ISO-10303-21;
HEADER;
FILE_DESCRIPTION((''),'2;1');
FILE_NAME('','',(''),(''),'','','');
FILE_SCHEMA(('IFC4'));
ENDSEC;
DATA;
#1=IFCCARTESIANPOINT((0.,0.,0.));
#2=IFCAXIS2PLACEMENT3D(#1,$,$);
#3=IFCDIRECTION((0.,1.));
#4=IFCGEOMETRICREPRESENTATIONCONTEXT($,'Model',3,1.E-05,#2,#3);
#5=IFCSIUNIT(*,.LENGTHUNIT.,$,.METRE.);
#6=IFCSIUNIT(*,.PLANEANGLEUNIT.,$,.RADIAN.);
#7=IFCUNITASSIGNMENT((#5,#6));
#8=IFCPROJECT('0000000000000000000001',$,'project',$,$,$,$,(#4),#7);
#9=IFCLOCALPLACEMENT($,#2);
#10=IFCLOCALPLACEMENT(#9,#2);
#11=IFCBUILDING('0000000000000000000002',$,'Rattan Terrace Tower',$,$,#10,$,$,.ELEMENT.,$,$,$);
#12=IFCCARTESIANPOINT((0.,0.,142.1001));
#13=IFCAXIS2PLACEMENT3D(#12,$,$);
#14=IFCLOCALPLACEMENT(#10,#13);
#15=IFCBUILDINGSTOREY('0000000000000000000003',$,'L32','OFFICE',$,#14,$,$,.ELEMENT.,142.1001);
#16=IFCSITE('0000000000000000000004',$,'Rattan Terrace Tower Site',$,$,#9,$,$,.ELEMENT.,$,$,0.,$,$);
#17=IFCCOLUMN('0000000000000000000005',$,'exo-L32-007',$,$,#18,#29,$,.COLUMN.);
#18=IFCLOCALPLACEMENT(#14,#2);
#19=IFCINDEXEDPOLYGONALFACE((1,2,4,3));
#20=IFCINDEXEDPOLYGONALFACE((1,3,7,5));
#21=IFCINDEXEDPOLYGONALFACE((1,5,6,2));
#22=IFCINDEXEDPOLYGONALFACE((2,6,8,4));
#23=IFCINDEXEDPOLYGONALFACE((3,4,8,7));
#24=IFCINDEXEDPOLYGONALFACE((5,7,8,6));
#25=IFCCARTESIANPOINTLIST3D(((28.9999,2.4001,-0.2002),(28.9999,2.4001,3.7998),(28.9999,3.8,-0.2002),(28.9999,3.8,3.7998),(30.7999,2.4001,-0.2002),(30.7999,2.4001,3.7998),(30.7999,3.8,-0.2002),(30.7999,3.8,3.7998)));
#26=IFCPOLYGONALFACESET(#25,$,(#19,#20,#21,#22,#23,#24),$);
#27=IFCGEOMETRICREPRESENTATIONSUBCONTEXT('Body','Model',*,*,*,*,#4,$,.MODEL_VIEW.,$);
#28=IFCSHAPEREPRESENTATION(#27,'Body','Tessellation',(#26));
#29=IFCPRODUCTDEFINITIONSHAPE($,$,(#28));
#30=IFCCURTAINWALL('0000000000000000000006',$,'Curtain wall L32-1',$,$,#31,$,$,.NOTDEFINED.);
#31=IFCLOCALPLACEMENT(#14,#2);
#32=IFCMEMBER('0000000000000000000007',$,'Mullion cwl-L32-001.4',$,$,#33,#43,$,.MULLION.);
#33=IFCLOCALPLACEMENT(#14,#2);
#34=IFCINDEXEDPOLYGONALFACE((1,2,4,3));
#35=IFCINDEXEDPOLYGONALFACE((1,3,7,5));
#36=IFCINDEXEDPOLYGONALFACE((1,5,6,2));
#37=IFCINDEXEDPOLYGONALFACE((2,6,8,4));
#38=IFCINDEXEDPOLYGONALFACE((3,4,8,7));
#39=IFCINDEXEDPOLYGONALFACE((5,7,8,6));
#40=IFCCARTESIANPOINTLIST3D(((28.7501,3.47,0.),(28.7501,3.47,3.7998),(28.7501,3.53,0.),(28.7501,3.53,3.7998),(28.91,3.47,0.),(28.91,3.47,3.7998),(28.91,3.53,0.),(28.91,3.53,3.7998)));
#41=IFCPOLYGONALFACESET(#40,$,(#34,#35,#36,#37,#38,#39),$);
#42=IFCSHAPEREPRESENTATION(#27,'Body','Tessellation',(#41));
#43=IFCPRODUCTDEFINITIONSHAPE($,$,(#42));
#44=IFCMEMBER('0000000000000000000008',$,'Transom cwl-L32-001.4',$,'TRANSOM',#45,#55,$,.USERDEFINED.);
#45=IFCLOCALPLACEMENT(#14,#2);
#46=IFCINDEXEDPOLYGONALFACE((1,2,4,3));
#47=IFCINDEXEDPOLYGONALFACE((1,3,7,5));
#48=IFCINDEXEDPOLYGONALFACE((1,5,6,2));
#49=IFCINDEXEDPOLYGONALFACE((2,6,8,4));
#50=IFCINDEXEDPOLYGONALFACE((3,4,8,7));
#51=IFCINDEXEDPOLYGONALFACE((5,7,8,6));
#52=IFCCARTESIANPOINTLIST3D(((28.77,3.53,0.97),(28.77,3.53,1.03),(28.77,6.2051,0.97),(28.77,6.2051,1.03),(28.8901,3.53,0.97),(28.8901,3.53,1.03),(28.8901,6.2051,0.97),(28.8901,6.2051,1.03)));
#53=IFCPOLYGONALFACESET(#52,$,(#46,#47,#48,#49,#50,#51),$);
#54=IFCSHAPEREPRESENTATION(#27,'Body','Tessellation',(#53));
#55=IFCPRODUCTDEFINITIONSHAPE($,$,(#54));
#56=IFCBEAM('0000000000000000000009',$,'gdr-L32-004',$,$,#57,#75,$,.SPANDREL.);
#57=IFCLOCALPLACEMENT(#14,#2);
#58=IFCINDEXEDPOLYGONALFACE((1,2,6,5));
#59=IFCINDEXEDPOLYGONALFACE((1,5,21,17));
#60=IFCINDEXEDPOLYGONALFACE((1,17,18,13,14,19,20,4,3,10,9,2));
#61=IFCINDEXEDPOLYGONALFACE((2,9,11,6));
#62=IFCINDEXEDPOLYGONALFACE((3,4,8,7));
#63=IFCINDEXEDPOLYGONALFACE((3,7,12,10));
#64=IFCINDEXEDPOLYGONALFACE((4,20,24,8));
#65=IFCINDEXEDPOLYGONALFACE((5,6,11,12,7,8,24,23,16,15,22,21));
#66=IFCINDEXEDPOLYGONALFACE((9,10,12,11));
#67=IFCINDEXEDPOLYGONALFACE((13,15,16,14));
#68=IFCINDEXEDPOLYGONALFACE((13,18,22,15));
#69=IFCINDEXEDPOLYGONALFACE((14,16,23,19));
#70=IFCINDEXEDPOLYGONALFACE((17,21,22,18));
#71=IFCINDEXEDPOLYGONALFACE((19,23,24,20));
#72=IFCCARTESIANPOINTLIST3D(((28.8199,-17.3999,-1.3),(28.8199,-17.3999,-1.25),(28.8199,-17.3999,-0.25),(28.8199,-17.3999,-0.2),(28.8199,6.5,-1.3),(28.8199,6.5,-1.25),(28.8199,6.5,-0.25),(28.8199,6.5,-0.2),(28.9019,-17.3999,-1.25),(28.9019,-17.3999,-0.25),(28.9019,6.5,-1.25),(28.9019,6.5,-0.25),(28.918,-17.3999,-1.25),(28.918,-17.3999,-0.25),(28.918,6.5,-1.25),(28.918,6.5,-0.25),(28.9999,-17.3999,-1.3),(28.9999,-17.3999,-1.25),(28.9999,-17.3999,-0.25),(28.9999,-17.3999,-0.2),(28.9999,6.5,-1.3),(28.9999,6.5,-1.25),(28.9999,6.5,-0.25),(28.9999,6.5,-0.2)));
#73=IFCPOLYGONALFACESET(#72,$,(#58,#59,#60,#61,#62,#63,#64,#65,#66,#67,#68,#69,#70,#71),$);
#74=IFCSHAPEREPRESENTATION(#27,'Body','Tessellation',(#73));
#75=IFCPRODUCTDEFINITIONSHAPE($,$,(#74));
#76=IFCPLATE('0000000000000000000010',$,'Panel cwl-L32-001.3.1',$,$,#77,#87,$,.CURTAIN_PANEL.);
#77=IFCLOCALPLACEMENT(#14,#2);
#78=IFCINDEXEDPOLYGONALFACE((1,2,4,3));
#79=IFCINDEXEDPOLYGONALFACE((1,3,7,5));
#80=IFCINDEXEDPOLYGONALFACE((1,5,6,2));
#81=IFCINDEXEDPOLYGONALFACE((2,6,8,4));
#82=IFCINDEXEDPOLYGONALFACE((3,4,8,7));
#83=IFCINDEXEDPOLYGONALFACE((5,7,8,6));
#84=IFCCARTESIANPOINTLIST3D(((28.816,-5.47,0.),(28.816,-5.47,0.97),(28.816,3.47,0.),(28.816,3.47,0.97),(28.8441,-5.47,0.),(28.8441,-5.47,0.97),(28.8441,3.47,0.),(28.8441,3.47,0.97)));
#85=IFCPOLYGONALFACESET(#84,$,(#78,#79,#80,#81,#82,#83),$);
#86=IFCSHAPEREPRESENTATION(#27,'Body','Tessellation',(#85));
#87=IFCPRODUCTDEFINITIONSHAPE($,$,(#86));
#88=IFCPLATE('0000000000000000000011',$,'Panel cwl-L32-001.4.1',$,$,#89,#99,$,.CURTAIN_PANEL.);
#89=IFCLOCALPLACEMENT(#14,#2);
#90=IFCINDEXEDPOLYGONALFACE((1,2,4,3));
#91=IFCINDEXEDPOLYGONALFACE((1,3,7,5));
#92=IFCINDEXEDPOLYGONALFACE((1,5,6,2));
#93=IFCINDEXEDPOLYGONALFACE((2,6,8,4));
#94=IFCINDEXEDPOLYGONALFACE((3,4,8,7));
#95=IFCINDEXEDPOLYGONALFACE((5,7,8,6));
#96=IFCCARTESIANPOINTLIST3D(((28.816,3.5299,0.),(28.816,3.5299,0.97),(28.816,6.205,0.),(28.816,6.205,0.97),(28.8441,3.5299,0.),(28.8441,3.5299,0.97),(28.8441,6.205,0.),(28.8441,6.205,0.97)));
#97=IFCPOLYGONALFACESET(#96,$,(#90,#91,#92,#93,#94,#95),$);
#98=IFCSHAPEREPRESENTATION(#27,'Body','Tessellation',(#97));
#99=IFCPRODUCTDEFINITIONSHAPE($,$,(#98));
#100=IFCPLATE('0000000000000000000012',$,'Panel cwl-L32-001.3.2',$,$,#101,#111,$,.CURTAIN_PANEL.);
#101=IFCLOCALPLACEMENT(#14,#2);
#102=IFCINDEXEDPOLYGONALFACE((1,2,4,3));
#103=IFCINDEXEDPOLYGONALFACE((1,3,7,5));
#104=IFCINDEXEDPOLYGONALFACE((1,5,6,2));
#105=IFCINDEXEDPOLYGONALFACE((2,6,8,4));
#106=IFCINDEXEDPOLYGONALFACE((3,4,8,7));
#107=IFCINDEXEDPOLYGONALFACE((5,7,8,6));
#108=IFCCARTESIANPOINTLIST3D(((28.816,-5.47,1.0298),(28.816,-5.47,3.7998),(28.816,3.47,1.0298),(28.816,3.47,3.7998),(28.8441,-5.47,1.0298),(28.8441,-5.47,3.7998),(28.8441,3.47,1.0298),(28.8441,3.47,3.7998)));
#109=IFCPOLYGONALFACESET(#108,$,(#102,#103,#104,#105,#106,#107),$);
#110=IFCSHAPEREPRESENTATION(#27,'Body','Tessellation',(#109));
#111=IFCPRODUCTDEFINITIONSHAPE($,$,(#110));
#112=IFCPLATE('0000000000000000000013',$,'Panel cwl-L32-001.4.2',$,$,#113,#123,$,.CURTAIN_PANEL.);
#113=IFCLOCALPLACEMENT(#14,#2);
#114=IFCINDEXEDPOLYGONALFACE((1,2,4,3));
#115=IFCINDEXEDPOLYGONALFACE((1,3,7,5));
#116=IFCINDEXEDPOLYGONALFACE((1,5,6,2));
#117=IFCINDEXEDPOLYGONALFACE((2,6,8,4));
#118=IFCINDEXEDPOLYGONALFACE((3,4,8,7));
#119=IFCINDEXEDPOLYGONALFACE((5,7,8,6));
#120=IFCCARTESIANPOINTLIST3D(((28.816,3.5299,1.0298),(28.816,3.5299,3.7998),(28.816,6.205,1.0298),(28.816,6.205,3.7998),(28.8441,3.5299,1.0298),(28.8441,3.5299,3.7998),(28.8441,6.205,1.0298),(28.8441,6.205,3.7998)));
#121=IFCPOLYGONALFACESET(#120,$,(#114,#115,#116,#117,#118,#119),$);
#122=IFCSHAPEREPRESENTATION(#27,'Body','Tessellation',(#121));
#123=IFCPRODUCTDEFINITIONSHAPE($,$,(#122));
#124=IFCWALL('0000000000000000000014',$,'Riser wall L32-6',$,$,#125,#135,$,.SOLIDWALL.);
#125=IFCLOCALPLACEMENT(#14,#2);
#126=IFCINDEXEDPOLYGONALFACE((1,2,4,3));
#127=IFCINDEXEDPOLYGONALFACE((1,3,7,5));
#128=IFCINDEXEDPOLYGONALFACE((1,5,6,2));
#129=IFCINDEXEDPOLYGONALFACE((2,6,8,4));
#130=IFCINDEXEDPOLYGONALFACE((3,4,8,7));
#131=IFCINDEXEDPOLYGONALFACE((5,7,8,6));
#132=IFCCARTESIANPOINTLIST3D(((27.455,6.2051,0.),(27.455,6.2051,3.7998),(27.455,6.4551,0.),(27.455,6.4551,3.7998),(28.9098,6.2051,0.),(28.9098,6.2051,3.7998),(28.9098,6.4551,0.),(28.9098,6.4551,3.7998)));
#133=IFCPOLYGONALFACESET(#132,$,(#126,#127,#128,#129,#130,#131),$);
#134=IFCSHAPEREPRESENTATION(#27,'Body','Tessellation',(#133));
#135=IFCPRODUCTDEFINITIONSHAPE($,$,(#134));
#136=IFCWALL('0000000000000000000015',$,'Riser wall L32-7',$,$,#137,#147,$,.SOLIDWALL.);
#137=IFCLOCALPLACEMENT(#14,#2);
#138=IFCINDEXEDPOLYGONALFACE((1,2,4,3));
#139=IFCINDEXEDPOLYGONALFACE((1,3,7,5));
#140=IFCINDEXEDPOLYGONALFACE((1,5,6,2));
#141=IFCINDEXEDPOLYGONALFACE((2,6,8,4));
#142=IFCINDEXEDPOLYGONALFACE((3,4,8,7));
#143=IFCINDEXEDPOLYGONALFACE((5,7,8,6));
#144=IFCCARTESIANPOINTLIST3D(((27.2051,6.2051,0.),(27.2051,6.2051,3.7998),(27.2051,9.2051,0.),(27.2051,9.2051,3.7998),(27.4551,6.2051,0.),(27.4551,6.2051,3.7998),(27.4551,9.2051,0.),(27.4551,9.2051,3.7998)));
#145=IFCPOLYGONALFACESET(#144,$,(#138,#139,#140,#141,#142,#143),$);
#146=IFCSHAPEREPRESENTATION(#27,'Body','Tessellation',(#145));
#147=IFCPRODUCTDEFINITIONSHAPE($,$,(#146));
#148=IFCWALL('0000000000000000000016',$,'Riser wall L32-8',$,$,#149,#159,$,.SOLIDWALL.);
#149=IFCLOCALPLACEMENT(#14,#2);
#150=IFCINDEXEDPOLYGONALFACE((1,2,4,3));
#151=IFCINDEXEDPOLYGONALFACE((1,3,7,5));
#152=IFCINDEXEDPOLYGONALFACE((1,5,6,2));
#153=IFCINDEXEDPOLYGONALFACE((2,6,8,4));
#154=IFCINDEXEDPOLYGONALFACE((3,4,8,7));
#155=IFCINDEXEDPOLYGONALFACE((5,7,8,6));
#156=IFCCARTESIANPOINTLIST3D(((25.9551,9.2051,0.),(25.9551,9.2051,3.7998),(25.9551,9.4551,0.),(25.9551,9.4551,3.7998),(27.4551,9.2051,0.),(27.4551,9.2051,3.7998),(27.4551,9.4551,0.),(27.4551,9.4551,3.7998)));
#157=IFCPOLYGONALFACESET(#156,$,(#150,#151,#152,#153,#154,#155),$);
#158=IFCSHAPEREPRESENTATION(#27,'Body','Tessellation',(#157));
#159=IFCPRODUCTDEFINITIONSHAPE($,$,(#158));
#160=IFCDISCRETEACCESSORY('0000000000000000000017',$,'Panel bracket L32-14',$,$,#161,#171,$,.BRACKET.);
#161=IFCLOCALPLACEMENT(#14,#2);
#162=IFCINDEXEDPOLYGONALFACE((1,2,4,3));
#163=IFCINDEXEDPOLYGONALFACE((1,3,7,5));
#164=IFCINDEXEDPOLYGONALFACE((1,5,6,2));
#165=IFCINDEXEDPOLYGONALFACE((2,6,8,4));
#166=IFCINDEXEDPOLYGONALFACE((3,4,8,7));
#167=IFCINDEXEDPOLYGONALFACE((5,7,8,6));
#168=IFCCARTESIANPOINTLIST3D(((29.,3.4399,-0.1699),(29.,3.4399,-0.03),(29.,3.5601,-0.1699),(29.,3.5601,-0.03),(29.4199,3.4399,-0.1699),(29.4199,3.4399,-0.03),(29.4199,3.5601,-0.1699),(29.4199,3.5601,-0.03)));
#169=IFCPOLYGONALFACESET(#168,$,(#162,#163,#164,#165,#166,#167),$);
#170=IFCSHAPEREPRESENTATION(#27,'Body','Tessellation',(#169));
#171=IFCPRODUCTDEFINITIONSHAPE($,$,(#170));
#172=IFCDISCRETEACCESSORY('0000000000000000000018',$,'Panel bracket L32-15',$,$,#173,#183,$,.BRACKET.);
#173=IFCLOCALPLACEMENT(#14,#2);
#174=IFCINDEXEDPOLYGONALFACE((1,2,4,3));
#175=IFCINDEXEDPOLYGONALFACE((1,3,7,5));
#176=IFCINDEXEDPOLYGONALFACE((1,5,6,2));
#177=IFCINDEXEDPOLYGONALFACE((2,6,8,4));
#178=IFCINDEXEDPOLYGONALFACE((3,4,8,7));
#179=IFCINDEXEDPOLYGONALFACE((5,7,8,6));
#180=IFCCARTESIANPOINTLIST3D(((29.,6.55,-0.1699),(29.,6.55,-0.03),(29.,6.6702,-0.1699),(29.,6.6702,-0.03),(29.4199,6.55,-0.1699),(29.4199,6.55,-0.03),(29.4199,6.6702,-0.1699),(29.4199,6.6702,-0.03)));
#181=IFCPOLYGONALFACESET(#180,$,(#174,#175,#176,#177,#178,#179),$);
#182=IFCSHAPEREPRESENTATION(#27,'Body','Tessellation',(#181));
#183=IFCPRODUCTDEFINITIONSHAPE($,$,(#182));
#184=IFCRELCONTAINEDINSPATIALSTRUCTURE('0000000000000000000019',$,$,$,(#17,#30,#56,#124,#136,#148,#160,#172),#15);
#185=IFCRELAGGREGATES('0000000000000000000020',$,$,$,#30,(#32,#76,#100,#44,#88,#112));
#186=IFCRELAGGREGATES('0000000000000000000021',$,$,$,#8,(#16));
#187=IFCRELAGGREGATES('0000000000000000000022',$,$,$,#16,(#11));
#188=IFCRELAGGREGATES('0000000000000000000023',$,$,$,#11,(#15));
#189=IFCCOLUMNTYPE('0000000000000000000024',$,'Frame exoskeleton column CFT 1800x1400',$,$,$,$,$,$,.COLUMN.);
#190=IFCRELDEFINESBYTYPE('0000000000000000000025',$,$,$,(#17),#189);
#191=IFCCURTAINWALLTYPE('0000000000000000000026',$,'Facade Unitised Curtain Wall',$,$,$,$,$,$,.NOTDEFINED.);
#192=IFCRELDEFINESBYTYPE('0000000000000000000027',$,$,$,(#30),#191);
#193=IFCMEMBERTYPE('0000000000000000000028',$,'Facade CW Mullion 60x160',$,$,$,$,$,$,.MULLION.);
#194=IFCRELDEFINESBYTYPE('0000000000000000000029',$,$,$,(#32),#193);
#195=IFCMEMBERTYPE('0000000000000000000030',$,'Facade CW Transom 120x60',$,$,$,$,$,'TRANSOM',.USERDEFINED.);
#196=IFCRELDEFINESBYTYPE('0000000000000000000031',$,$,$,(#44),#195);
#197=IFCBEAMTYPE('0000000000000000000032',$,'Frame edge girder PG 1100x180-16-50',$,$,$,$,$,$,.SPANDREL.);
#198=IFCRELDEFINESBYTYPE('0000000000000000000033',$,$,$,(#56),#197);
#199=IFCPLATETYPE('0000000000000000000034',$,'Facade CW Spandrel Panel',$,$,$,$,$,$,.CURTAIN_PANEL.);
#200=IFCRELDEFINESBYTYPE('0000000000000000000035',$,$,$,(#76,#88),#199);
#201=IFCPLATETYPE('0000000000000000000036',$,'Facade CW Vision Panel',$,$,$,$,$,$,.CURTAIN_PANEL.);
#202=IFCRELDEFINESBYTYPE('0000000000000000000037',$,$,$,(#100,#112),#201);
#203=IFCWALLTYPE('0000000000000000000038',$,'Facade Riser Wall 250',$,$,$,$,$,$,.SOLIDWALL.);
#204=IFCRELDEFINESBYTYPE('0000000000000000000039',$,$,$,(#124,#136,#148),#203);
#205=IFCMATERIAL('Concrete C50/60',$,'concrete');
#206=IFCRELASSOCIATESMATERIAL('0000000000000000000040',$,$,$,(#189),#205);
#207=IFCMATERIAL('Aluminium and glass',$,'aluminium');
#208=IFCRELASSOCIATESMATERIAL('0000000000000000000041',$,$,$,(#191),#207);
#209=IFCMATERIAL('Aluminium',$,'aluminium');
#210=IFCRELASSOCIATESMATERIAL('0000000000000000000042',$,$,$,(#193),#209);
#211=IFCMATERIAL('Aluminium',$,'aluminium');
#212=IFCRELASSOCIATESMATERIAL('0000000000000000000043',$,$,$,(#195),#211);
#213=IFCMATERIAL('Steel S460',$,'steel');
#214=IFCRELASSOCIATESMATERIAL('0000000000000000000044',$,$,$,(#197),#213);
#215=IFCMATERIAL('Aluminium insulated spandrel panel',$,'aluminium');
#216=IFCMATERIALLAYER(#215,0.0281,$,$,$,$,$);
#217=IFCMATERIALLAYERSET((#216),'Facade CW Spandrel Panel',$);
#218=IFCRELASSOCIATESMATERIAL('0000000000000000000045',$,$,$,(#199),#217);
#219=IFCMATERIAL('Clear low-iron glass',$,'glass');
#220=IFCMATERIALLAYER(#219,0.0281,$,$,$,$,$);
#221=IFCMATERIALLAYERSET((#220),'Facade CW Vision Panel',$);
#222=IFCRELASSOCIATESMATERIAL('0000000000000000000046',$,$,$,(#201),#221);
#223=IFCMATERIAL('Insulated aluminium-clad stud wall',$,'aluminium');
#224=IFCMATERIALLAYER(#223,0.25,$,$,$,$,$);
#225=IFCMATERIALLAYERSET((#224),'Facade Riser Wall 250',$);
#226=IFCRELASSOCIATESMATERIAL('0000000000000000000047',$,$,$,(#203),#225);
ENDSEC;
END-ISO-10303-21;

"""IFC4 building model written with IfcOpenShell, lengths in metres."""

from ifc_helpers import new_model, si_unit, direction, frame, frame_2d, origin, origin_2d, place, context, subcontext, project, spatial, rectangle, i_section, extrude, material, layer, layer_set, material_profile, profile_set, type_object, element, aggregate, save


model = new_model("IFC4")

# Units and contexts
model_context = context("Model", 3, precision=1e-05, world=origin(), true_north=direction((0.0, 1.0)))
body_context = subcontext(model_context, "Body", "Model", "MODEL_VIEW")
ifc_project = project(units=[si_unit("LENGTHUNIT", "METRE"), si_unit("PLANEANGLEUNIT", "RADIAN")], contexts=[model_context])

# Site, building, storey
site_placement = place(None, origin())
site = spatial("IfcSite", under=ifc_project, at=site_placement, Name="Rattan Terrace Tower Site", CompositionType="ELEMENT", RefElevation=0.0)
building_placement = place(site_placement, origin())
building = spatial("IfcBuilding", under=site, at=building_placement, Name="Rattan Terrace Tower", CompositionType="ELEMENT")
storey_placement = place(building_placement, frame((0.0, 0.0, 142.1001)))
storey = spatial("IfcBuildingStorey", under=building, at=storey_placement, Name="L32", Description="OFFICE", CompositionType="ELEMENT", Elevation=142.1001)

# Column
ifc_material_1 = material(Name="Concrete C50/60", Category="concrete")
ifc_material_profile_1 = material_profile(ifc_material_1, rectangle(XDim=1.3999, YDim=1.8, at=origin_2d()), Name="CFT 1800x1400")
ifc_profile_set_1 = profile_set([ifc_material_profile_1], Name="Concrete C50/60")
column_type = type_object("IfcColumnType", Name="Frame exoskeleton column CFT 1800x1400", PredefinedType="COLUMN", material=ifc_profile_set_1)
column_placement = place(storey_placement, frame((29.8999, 3.1001, -0.2002), z_axis=(0.0, 0.0, 1.0), x_axis=(0.0, 1.0, 0.0)))
element("IfcColumn", 1, at=column_placement, inside=storey, type_object=column_type, Name="exo-L32-007", PredefinedType="COLUMN", context=body_context, shape_type="SweptSolid", body=[
    extrude(rectangle(XDim=1.3999, YDim=1.8, at=origin_2d()), origin(), (0.0, 0.0, 1.0), 4.0),
])

# Curtain wall, members
ifc_material_2 = material(Name="Aluminium and glass", Category="aluminium")
curtain_wall_type = type_object("IfcCurtainWallType", Name="Facade Unitised Curtain Wall", PredefinedType="NOTDEFINED", material=ifc_material_2)
curtain_wall_placement = place(storey_placement, origin())
curtain_wall = element("IfcCurtainWall", 2, at=curtain_wall_placement, inside=storey, type_object=curtain_wall_type, Name="Curtain wall L32-1", PredefinedType="NOTDEFINED")
ifc_material_3 = material(Name="Aluminium", Category="aluminium")
ifc_material_profile_2 = material_profile(ifc_material_3, rectangle(XDim=0.0601, YDim=0.1599, at=origin_2d()), Name="Aluminium 60x160")
ifc_profile_set_2 = profile_set([ifc_material_profile_2], Name="Aluminium")
member_type_1 = type_object("IfcMemberType", Name="Facade CW Mullion 60x160", PredefinedType="MULLION", material=ifc_profile_set_2)
member_1_placement = place(storey_placement, frame((28.8301, 3.5, 0.0), z_axis=(0.0, 0.0, 1.0), x_axis=(0.0, 1.0, 0.0)))
member_1 = element("IfcMember", 3, at=member_1_placement, type_object=member_type_1, Name="Mullion cwl-L32-001.4", PredefinedType="MULLION", context=body_context, shape_type="SweptSolid", body=[
    extrude(rectangle(XDim=0.0601, YDim=0.1599, at=origin_2d()), origin(), (0.0, 0.0, 1.0), 3.7998),
])
ifc_material_4 = material(Name="Aluminium", Category="aluminium")
ifc_material_profile_3 = material_profile(ifc_material_4, rectangle(XDim=0.1201, YDim=0.0601, at=origin_2d()), Name="Aluminium 120x60")
ifc_profile_set_3 = profile_set([ifc_material_profile_3], Name="Aluminium")
member_type_2 = type_object("IfcMemberType", Name="Facade CW Transom 120x60", ElementType="TRANSOM", PredefinedType="USERDEFINED", material=ifc_profile_set_3)
member_2_placement = place(storey_placement, frame((28.8301, 3.53, 1.0), z_axis=(0.0, 1.0, 0.0), x_axis=(-1.0, 0.0, 0.0)))
member_2 = element("IfcMember", 4, at=member_2_placement, type_object=member_type_2, Name="Transom cwl-L32-001.4", ObjectType="TRANSOM", PredefinedType="USERDEFINED", context=body_context, shape_type="SweptSolid", body=[
    extrude(rectangle(XDim=0.1201, YDim=0.0601, at=origin_2d()), origin(), (0.0, 0.0, 1.0), 2.675),
])

# Beam
ifc_material_5 = material(Name="Steel S460", Category="steel")
ifc_material_profile_4 = material_profile(ifc_material_5, i_section(OverallWidth=0.1799, OverallDepth=1.1001, WebThickness=0.0161, FlangeThickness=0.05, at=origin_2d()), Name="PG 1100x180-16-50")
ifc_profile_set_4 = profile_set([ifc_material_profile_4], Name="Steel S460")
beam_type = type_object("IfcBeamType", Name="Frame edge girder PG 1100x180-16-50", PredefinedType="SPANDREL", material=ifc_profile_set_4)
beam_placement = place(storey_placement, frame((28.9099, 6.5, -0.75), z_axis=(0.0, -1.0, 0.0), x_axis=(1.0, 0.0, 0.0)))
element("IfcBeam", 5, at=beam_placement, inside=storey, type_object=beam_type, Name="gdr-L32-004", PredefinedType="SPANDREL", context=body_context, shape_type="SweptSolid", body=[
    extrude(i_section(OverallWidth=0.1799, OverallDepth=1.1001, WebThickness=0.0161, FlangeThickness=0.05, at=origin_2d()), origin(), (0.0, 0.0, 1.0), 23.8999),
])

# Plates
ifc_material_6 = material(Name="Aluminium insulated spandrel panel", Category="aluminium")
ifc_layer_1 = layer(ifc_material_6, 0.0281)
ifc_layer_set_1 = layer_set([ifc_layer_1], Name="Facade CW Spandrel Panel")
plate_type_1 = type_object("IfcPlateType", Name="Facade CW Spandrel Panel", PredefinedType="CURTAIN_PANEL", material=ifc_layer_set_1)
plate_1_placement = place(storey_placement, frame((28.8301, -1.0, 0.0), z_axis=(0.0, 0.0, 1.0), x_axis=(0.0, 1.0, 0.0)))
plate_1 = element("IfcPlate", 6, at=plate_1_placement, type_object=plate_type_1, Name="Panel cwl-L32-001.3.1", PredefinedType="CURTAIN_PANEL", context=body_context, shape_type="SweptSolid", body=[
    extrude(rectangle(XDim=8.9399, YDim=0.0281, at=origin_2d()), origin(), (0.0, 0.0, 1.0), 0.97),
])
plate_2_placement = place(storey_placement, frame((28.8301, 4.8674, 0.0), z_axis=(0.0, 0.0, 1.0), x_axis=(0.0, 1.0, 0.0)))
plate_2 = element("IfcPlate", 7, at=plate_2_placement, type_object=plate_type_1, Name="Panel cwl-L32-001.4.1", PredefinedType="CURTAIN_PANEL", context=body_context, shape_type="SweptSolid", body=[
    extrude(rectangle(XDim=2.675, YDim=0.0281, at=origin_2d()), origin(), (0.0, 0.0, 1.0), 0.97),
])
ifc_material_7 = material(Name="Clear low-iron glass", Category="glass")
ifc_layer_2 = layer(ifc_material_7, 0.0281)
ifc_layer_set_2 = layer_set([ifc_layer_2], Name="Facade CW Vision Panel")
plate_type_2 = type_object("IfcPlateType", Name="Facade CW Vision Panel", PredefinedType="CURTAIN_PANEL", material=ifc_layer_set_2)
plate_3_placement = place(storey_placement, frame((28.8301, -1.0, 1.0298), z_axis=(0.0, 0.0, 1.0), x_axis=(0.0, 1.0, 0.0)))
plate_3 = element("IfcPlate", 8, at=plate_3_placement, type_object=plate_type_2, Name="Panel cwl-L32-001.3.2", PredefinedType="CURTAIN_PANEL", context=body_context, shape_type="SweptSolid", body=[
    extrude(rectangle(XDim=8.9399, YDim=0.0281, at=origin_2d()), origin(), (0.0, 0.0, 1.0), 2.77),
])
plate_4_placement = place(storey_placement, frame((28.8301, 4.8674, 1.0298), z_axis=(0.0, 0.0, 1.0), x_axis=(0.0, 1.0, 0.0)))
plate_4 = element("IfcPlate", 9, at=plate_4_placement, type_object=plate_type_2, Name="Panel cwl-L32-001.4.2", PredefinedType="CURTAIN_PANEL", context=body_context, shape_type="SweptSolid", body=[
    extrude(rectangle(XDim=2.675, YDim=0.0281, at=origin_2d()), origin(), (0.0, 0.0, 1.0), 2.77),
])
aggregate(curtain_wall, [member_1, plate_1, plate_3, member_2, plate_2, plate_4])

# Walls
ifc_material_8 = material(Name="Insulated aluminium-clad stud wall", Category="aluminium")
ifc_layer_3 = layer(ifc_material_8, 0.25)
ifc_layer_set_3 = layer_set([ifc_layer_3], Name="Facade Riser Wall 250")
wall_type = type_object("IfcWallType", Name="Facade Riser Wall 250", PredefinedType="SOLIDWALL", material=ifc_layer_set_3)
wall_1_placement = place(storey_placement, frame((28.9099, 6.3301, 0.0), z_axis=(0.0, 0.0, 1.0), x_axis=(-1.0, 0.0, 0.0)))
element("IfcWall", 10, at=wall_1_placement, inside=storey, type_object=wall_type, Name="Riser wall L32-6", PredefinedType="SOLIDWALL", context=body_context, shape_type="SweptSolid", body=[
    extrude(rectangle(XDim=1.4548, YDim=0.25, at=frame_2d((0.7275, 0.0))), origin(), (0.0, 0.0, 1.0), 3.7998),
])
wall_2_placement = place(storey_placement, frame((27.3301, 6.2051, 0.0), z_axis=(0.0, 0.0, 1.0), x_axis=(0.0, 1.0, 0.0)))
element("IfcWall", 11, at=wall_2_placement, inside=storey, type_object=wall_type, Name="Riser wall L32-7", PredefinedType="SOLIDWALL", context=body_context, shape_type="SweptSolid", body=[
    extrude(rectangle(XDim=3.0, YDim=0.25, at=frame_2d((1.5, 0.0))), origin(), (0.0, 0.0, 1.0), 3.7998),
])
wall_3_placement = place(storey_placement, frame((27.4551, 9.3301, 0.0), z_axis=(0.0, 0.0, 1.0), x_axis=(-1.0, 0.0, 0.0)))
element("IfcWall", 12, at=wall_3_placement, inside=storey, type_object=wall_type, Name="Riser wall L32-8", PredefinedType="SOLIDWALL", context=body_context, shape_type="SweptSolid", body=[
    extrude(rectangle(XDim=1.5, YDim=0.25, at=frame_2d((0.75, 0.0))), origin(), (0.0, 0.0, 1.0), 3.7998),
])

# Discrete accessories
for number, where, z_axis, x_axis, name in (
    (13, (29.21, 3.5, -0.1699), (0.0, 0.0, 1.0), (0.0, 1.0, 0.0), "Panel bracket L32-14"),
    (14, (29.21, 6.6101, -0.1699), (0.0, 0.0, 1.0), (0.0, 1.0, 0.0), "Panel bracket L32-15"),
):
    element("IfcDiscreteAccessory", number, at=place(storey_placement, frame(where, z_axis=z_axis, x_axis=x_axis)), inside=storey, Name=name, PredefinedType="BRACKET", context=body_context, shape_type="SweptSolid", body=[
        extrude(rectangle(XDim=0.1201, YDim=0.4199, at=origin_2d()), origin(), (0.0, 0.0, 1.0), 0.1399),
    ])

save(model, "model.ifc")
